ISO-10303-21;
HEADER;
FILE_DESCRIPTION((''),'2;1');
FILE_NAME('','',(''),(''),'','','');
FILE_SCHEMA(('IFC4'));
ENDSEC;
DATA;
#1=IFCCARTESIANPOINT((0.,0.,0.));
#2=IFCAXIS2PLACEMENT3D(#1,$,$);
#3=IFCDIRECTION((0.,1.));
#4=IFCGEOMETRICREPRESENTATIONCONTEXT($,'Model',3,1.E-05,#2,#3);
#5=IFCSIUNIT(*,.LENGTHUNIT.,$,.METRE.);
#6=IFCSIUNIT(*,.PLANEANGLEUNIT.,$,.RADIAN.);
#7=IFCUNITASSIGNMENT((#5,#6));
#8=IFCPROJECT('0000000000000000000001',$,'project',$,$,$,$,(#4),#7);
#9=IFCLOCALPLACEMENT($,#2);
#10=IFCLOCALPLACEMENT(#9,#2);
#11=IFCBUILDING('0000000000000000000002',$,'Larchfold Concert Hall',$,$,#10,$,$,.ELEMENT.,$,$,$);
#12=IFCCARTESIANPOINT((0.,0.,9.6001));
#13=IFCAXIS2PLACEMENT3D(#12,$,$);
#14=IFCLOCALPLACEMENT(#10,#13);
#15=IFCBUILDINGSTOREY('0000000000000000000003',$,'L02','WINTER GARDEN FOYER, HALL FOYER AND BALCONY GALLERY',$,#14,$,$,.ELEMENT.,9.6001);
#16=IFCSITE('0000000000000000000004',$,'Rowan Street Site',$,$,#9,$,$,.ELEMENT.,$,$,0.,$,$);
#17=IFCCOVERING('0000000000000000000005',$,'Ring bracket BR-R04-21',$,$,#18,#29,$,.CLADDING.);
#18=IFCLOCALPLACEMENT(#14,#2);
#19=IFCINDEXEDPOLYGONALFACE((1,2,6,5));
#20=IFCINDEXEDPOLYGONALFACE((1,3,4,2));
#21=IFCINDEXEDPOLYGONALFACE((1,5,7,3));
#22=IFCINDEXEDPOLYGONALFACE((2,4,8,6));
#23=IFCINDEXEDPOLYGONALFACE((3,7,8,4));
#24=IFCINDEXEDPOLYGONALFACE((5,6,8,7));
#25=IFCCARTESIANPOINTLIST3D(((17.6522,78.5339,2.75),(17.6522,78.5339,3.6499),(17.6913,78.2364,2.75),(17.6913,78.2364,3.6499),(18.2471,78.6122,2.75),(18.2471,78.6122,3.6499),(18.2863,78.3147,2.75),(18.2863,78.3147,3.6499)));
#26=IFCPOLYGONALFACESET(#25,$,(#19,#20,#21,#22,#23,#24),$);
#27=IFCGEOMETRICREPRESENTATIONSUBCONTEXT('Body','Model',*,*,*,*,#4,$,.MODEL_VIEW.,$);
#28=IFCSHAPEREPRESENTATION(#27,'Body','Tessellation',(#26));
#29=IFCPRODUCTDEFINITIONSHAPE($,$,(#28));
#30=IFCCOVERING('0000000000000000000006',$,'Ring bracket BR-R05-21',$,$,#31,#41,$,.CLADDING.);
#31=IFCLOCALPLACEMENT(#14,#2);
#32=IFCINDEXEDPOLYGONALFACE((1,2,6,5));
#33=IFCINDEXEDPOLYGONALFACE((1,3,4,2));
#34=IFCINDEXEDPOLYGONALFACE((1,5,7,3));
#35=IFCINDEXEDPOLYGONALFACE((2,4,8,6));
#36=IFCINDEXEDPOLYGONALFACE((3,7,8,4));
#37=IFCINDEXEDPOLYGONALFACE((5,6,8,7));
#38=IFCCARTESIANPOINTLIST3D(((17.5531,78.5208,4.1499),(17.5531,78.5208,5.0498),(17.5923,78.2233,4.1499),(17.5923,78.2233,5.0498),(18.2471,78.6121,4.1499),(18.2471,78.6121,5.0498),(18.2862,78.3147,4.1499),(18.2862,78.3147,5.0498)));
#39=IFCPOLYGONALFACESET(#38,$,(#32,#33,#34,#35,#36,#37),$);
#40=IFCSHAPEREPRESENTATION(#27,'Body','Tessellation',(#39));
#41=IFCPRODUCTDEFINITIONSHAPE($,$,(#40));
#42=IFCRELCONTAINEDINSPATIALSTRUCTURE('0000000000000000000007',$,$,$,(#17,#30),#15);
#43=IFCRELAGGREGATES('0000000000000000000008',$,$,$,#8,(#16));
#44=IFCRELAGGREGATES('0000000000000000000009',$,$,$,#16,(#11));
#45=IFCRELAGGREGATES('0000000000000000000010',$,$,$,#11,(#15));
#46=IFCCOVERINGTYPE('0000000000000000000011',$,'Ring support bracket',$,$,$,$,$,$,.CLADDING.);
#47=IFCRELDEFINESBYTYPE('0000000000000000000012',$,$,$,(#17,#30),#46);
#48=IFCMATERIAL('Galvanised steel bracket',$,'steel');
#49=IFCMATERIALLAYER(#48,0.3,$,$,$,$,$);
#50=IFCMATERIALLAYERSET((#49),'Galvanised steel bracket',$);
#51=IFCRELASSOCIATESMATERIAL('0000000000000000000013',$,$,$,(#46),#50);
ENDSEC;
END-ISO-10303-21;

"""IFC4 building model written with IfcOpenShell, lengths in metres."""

from ifc_helpers import new_model, si_unit, direction, frame, origin, origin_2d, place, context, subcontext, project, spatial, rectangle, extrude, material, layer, layer_set, type_object, element, save


model = new_model("IFC4")

# Units and contexts
model_context = context("Model", 3, precision=1e-05, world=origin(), true_north=direction((0.0, 1.0)))
body_context = subcontext(model_context, "Body", "Model", "MODEL_VIEW")
ifc_project = project(units=[si_unit("LENGTHUNIT", "METRE"), si_unit("PLANEANGLEUNIT", "RADIAN")], contexts=[model_context])

# Site, building, storey
site_placement = place(None, origin())
site = spatial("IfcSite", under=ifc_project, at=site_placement, Name="Rowan Street Site", CompositionType="ELEMENT", RefElevation=0.0)
building_placement = place(site_placement, origin())
building = spatial("IfcBuilding", under=site, at=building_placement, Name="Larchfold Concert Hall", CompositionType="ELEMENT")
storey_placement = place(building_placement, frame((0.0, 0.0, 9.6001)))
storey = spatial("IfcBuildingStorey", under=building, at=storey_placement, Name="L02", Description="WINTER GARDEN FOYER, HALL FOYER AND BALCONY GALLERY", CompositionType="ELEMENT", Elevation=9.6001)

# Coverings
ifc_material_1 = material(Name="Galvanised steel bracket", Category="steel")
ifc_layer_1 = layer(ifc_material_1, 0.3)
ifc_layer_set_1 = layer_set([ifc_layer_1], Name="Galvanised steel bracket")
covering_type = type_object("IfcCoveringType", Name="Ring support bracket", PredefinedType="CLADDING", material=ifc_layer_set_1)
covering_1_placement = place(storey_placement, frame((17.9692, 78.4243, 2.75), z_axis=(0.0, 0.0, 1.0), x_axis=(-0.99145, -0.130488, 0.0)))
element("IfcCovering", 1, at=covering_1_placement, inside=storey, type_object=covering_type, Name="Ring bracket BR-R04-21", PredefinedType="CLADDING", context=body_context, shape_type="SweptSolid", body=[
    extrude(rectangle(XDim=0.6001, YDim=0.3, at=origin_2d()), origin(), (0.0, 0.0, 1.0), 0.8999),
])
covering_2_placement = place(storey_placement, frame((17.9197, 78.4177, 4.1499), z_axis=(0.0, 0.0, 1.0), x_axis=(-0.99145, -0.130488, 0.0)))
element("IfcCovering", 2, at=covering_2_placement, inside=storey, type_object=covering_type, Name="Ring bracket BR-R05-21", PredefinedType="CLADDING", context=body_context, shape_type="SweptSolid", body=[
    extrude(rectangle(XDim=0.7, YDim=0.3, at=origin_2d()), origin(), (0.0, 0.0, 1.0), 0.8999),
])

save(model, "model.ifc")
